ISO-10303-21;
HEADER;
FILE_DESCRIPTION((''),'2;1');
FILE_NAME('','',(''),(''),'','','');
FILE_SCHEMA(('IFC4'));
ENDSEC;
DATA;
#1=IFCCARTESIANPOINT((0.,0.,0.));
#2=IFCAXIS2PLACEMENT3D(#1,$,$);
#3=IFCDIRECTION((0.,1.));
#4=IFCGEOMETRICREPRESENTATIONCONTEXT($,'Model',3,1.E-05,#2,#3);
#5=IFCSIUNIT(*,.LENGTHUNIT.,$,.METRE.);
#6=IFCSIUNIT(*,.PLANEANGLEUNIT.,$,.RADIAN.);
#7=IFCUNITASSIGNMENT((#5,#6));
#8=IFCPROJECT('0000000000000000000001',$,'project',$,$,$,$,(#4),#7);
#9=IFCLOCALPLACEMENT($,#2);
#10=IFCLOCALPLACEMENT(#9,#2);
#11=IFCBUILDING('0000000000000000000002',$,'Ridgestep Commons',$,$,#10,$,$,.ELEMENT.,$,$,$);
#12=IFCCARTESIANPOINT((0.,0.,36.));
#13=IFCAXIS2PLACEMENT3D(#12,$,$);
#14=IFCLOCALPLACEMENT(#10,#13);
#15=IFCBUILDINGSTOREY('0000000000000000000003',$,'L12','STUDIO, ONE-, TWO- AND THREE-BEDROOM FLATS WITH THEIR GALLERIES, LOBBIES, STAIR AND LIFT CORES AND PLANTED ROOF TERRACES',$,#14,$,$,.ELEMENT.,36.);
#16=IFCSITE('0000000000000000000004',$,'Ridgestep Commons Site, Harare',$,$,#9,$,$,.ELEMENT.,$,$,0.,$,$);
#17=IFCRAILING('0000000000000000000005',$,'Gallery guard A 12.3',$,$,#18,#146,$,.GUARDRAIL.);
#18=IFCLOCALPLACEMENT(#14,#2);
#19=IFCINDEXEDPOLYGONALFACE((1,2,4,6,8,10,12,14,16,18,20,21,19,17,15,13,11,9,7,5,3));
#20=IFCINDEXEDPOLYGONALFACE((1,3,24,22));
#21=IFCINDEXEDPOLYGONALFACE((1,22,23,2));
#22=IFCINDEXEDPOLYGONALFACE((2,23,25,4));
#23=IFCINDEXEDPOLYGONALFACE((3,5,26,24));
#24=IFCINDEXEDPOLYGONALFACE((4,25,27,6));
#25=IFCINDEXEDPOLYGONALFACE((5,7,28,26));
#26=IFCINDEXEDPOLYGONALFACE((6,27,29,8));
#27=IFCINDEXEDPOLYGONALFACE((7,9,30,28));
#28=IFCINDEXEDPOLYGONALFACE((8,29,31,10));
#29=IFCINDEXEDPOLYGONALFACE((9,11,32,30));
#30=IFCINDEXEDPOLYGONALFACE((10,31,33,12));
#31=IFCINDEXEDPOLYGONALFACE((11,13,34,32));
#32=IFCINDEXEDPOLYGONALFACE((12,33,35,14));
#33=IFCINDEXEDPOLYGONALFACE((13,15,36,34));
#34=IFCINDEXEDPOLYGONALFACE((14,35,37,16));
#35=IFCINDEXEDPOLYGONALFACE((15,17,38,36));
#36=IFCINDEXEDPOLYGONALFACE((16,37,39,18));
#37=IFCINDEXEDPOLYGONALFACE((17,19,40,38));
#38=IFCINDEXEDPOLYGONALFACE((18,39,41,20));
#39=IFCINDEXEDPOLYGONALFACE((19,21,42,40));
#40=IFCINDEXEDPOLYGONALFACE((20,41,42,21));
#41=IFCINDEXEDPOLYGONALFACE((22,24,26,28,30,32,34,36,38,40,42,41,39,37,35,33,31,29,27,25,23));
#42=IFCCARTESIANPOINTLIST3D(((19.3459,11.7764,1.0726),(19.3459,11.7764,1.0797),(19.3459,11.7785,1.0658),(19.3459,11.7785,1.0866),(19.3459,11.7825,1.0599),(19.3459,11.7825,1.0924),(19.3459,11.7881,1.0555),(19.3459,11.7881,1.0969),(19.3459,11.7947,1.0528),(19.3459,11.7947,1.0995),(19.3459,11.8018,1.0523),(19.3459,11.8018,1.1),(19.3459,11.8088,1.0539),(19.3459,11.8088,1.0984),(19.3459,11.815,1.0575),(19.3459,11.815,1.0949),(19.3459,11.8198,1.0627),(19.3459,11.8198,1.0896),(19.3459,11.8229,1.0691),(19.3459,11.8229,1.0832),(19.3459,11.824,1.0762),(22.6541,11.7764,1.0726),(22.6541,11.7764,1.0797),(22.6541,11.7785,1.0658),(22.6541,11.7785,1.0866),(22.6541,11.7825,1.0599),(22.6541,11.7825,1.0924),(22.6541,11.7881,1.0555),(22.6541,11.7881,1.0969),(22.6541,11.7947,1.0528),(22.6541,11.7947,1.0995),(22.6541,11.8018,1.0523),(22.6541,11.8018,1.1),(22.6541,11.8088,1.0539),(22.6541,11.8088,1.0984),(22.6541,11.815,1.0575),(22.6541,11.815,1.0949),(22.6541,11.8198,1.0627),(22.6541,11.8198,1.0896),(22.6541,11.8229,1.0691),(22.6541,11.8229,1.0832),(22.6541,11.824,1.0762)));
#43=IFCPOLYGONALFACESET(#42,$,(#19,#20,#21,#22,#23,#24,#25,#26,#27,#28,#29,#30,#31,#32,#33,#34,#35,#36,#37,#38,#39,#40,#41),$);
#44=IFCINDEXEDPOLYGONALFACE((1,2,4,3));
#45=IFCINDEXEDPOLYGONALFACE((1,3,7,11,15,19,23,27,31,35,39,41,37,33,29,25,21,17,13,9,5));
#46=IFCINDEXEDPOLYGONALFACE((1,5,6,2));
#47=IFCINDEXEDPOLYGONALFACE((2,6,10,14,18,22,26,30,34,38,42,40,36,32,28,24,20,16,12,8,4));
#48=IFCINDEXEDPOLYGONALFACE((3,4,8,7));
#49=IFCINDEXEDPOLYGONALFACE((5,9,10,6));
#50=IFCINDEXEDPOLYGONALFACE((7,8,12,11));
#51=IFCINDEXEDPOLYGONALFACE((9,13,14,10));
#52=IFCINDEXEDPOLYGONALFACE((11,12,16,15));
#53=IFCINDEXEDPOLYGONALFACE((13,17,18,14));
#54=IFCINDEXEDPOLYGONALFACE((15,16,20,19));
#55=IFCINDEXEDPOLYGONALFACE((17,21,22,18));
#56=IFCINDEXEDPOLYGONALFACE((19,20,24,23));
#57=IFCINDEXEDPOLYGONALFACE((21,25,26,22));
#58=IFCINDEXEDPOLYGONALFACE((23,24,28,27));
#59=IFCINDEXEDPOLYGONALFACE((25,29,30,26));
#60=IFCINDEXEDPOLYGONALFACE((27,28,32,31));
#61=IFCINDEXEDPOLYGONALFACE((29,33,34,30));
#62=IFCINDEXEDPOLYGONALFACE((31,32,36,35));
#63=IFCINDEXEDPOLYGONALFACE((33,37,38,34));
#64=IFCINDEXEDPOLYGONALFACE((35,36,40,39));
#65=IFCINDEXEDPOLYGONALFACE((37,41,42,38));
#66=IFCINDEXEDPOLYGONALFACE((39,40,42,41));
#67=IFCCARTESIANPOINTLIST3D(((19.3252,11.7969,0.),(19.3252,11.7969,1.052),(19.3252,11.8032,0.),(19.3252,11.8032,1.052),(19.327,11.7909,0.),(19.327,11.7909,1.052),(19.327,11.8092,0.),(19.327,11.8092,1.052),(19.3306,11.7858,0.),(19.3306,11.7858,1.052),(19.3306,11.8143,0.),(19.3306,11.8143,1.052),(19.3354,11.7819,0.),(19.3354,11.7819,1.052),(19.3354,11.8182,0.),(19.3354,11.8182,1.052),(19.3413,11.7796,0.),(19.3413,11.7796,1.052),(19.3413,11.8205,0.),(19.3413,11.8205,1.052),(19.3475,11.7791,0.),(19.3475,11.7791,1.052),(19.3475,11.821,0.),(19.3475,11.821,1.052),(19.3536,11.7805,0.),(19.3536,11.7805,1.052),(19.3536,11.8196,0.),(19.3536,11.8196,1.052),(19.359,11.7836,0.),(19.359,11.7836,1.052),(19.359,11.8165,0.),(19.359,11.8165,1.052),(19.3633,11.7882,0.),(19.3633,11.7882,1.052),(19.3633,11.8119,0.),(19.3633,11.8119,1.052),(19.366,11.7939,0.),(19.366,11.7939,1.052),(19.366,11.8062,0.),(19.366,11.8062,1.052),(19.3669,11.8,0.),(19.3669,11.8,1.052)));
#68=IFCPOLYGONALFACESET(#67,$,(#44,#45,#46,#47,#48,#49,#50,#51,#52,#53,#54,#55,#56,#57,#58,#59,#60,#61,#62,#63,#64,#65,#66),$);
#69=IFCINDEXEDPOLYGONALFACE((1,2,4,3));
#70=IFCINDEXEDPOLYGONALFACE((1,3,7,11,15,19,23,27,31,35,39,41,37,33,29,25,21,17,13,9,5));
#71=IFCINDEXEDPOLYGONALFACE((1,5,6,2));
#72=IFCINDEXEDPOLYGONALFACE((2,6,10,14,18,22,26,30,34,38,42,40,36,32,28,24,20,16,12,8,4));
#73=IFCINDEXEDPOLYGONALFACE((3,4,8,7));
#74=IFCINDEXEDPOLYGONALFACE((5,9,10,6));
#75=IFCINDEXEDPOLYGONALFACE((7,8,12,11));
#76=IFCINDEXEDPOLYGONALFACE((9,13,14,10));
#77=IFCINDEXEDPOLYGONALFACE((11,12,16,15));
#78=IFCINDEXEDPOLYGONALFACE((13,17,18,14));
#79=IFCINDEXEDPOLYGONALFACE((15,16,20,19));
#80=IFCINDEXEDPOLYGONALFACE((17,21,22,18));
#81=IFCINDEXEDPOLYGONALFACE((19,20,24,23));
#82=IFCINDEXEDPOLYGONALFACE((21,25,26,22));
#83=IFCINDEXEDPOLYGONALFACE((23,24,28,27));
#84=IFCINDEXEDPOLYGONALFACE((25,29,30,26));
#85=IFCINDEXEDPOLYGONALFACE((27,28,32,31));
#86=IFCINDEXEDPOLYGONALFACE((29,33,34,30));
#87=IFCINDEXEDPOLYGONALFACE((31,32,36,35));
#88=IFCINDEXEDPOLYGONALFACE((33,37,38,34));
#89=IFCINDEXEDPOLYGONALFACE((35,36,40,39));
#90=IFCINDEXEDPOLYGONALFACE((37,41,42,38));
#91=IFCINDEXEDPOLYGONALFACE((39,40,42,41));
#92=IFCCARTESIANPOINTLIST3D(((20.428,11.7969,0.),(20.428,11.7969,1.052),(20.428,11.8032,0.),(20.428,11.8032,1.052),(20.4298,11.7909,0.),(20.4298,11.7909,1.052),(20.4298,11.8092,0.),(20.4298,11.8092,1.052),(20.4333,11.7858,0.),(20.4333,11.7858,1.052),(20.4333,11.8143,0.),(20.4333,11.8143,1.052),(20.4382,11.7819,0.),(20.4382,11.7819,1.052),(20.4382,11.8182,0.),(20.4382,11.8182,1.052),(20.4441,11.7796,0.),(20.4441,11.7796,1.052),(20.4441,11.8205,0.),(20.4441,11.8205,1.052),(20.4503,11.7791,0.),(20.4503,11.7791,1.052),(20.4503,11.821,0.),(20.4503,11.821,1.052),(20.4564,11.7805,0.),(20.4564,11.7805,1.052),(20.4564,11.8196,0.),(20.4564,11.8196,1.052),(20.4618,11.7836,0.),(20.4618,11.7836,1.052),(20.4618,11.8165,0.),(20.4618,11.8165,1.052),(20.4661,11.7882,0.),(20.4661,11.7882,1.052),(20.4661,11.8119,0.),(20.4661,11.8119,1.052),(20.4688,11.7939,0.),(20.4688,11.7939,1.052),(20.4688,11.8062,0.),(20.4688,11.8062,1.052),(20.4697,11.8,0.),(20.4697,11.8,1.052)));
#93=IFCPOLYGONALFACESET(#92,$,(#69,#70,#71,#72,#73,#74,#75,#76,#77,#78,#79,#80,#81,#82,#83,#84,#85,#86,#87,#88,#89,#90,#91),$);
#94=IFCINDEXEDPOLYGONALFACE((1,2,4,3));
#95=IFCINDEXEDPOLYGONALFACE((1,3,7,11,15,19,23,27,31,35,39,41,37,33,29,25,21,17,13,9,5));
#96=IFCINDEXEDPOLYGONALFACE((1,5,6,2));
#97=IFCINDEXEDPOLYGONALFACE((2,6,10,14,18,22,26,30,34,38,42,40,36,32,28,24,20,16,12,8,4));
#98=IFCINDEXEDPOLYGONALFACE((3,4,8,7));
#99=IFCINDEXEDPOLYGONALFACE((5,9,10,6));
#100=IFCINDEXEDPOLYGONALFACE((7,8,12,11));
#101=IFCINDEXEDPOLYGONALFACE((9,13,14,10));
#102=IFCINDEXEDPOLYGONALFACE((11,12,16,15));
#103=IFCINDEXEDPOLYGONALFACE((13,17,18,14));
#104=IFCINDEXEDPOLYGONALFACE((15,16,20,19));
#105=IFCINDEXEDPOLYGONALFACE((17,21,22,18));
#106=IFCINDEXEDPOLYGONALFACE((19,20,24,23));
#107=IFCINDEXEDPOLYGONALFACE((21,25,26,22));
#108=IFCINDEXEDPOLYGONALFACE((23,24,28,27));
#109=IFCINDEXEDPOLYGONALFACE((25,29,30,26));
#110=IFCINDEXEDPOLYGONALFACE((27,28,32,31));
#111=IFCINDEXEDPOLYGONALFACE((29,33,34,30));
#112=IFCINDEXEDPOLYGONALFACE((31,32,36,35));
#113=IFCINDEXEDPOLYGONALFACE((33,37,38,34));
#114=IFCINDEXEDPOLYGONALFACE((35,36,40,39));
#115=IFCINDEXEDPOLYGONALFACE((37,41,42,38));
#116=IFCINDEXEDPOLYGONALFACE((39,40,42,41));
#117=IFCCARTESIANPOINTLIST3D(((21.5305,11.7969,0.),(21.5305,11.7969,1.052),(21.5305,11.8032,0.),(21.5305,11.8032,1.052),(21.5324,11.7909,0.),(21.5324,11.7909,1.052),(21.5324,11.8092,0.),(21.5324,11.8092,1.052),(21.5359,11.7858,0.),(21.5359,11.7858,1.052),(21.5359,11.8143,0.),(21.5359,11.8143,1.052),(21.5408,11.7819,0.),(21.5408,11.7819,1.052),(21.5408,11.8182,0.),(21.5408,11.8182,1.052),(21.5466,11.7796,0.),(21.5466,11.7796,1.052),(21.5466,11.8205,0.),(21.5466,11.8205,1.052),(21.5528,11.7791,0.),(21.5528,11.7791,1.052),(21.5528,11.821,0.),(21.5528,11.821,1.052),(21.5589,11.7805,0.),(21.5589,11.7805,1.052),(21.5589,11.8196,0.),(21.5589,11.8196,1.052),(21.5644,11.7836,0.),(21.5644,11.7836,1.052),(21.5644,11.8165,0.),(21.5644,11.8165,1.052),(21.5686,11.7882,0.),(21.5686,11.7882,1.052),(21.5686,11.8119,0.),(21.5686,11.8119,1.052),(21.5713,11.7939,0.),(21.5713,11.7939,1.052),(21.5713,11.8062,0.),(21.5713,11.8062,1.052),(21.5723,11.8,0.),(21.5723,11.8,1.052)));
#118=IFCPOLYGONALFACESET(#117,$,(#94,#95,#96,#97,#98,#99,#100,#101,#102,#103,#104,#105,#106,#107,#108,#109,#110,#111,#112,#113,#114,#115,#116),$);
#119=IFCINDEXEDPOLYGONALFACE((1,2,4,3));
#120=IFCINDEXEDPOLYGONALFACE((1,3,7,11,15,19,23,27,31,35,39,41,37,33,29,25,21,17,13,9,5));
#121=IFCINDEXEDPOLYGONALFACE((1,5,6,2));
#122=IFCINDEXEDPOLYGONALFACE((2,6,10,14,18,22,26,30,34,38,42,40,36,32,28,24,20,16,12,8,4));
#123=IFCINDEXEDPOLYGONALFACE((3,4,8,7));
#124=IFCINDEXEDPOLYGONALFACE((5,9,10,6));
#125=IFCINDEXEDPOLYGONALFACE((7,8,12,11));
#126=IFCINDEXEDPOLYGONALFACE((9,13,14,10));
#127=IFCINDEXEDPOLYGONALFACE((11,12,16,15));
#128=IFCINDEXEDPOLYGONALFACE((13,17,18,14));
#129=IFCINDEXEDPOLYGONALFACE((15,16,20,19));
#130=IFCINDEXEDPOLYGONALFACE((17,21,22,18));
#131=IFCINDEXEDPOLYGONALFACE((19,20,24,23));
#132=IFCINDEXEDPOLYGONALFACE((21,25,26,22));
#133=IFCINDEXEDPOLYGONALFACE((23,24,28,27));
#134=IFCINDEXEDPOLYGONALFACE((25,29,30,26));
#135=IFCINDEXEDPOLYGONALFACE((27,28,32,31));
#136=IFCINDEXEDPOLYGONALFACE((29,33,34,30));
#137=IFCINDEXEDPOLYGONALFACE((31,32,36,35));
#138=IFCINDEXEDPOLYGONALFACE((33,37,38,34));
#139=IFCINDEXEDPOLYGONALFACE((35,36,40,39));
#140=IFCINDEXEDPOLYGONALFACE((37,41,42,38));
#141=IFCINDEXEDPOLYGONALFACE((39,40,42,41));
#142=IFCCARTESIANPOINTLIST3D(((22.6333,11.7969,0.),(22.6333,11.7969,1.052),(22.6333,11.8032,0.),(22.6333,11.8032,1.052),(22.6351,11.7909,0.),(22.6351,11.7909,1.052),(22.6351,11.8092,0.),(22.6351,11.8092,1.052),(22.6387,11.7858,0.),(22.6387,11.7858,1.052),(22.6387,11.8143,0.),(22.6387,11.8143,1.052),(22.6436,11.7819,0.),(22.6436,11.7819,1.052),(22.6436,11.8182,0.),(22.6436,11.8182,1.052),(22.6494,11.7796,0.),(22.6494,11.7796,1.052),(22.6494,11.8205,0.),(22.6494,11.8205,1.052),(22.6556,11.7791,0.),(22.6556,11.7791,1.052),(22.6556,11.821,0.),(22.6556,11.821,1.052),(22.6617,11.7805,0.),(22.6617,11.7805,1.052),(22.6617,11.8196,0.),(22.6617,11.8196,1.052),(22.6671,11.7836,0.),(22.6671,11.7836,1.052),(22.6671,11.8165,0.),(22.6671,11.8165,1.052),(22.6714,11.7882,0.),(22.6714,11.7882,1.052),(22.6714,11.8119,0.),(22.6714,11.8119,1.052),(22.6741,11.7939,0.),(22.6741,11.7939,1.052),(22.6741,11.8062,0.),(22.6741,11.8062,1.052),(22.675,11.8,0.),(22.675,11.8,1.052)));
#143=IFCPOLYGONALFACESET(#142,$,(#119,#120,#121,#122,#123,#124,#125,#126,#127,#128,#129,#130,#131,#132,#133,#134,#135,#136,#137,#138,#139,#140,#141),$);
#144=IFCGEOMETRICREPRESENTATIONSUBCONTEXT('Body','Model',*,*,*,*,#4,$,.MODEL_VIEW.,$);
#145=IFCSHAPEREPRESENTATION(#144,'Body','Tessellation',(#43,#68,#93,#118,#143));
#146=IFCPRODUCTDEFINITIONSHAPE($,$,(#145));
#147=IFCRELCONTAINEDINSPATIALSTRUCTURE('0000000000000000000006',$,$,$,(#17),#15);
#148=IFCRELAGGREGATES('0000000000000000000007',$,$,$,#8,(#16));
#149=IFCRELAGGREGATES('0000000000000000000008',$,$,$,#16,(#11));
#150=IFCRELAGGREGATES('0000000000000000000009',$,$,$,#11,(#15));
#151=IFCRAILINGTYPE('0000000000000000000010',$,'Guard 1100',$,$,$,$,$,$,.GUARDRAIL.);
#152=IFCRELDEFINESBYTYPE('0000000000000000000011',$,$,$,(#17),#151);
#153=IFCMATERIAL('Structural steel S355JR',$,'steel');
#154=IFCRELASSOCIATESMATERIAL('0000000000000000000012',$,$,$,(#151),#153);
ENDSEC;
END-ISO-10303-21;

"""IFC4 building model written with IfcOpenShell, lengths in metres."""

from ifc_helpers import new_model, si_unit, direction, frame, origin, origin_2d, place, context, subcontext, project, spatial, circle, extrude, material, type_object, element, save


model = new_model("IFC4")

# Units and contexts
model_context = context("Model", 3, precision=1e-05, world=origin(), true_north=direction((0.0, 1.0)))
body_context = subcontext(model_context, "Body", "Model", "MODEL_VIEW")
ifc_project = project(units=[si_unit("LENGTHUNIT", "METRE"), si_unit("PLANEANGLEUNIT", "RADIAN")], contexts=[model_context])

# Site, building, storey
site_placement = place(None, origin())
site = spatial("IfcSite", under=ifc_project, at=site_placement, Name="Ridgestep Commons Site, Harare", CompositionType="ELEMENT", RefElevation=0.0)
building_placement = place(site_placement, origin())
building = spatial("IfcBuilding", under=site, at=building_placement, Name="Ridgestep Commons", CompositionType="ELEMENT")
storey_placement = place(building_placement, frame((0.0, 0.0, 36.0)))
storey = spatial("IfcBuildingStorey", under=building, at=storey_placement, Name="L12", Description="STUDIO, ONE-, TWO- AND THREE-BEDROOM FLATS WITH THEIR GALLERIES, LOBBIES, STAIR AND LIFT CORES AND PLANTED ROOF TERRACES", CompositionType="ELEMENT", Elevation=36.0)

# Railing
ifc_material_1 = material(Name="Structural steel S355JR", Category="steel")
railing_type = type_object("IfcRailingType", Name="Guard 1100", PredefinedType="GUARDRAIL", material=ifc_material_1)
railing_1_placement = place(storey_placement, frame((19.3459, 11.8, 0.0)))
element("IfcRailing", 1, at=railing_1_placement, inside=storey, type_object=railing_type, Name="Gallery guard A 12.3", PredefinedType="GUARDRAIL", context=body_context, shape_type="SweptSolid", body=[
    extrude(circle(Radius=0.0239, at=origin_2d()), frame((0.0, 0.0, 1.0762), z_axis=(1.0, 0.0, 0.0), x_axis=(0.0, 1.0, 0.0)), (0.0, 0.0, 1.0), 3.3081),
    extrude(circle(Radius=0.021, at=origin_2d()), origin(), (0.0, 0.0, 1.0), 1.052),
    extrude(circle(Radius=0.021, at=origin_2d()), frame((1.1028, 0.0, 0.0)), (0.0, 0.0, 1.0), 1.052),
    extrude(circle(Radius=0.021, at=origin_2d()), frame((2.2053, 0.0, 0.0)), (0.0, 0.0, 1.0), 1.052),
    extrude(circle(Radius=0.021, at=origin_2d()), frame((3.3081, 0.0, 0.0)), (0.0, 0.0, 1.0), 1.052),
])

save(model, "model.ifc")
